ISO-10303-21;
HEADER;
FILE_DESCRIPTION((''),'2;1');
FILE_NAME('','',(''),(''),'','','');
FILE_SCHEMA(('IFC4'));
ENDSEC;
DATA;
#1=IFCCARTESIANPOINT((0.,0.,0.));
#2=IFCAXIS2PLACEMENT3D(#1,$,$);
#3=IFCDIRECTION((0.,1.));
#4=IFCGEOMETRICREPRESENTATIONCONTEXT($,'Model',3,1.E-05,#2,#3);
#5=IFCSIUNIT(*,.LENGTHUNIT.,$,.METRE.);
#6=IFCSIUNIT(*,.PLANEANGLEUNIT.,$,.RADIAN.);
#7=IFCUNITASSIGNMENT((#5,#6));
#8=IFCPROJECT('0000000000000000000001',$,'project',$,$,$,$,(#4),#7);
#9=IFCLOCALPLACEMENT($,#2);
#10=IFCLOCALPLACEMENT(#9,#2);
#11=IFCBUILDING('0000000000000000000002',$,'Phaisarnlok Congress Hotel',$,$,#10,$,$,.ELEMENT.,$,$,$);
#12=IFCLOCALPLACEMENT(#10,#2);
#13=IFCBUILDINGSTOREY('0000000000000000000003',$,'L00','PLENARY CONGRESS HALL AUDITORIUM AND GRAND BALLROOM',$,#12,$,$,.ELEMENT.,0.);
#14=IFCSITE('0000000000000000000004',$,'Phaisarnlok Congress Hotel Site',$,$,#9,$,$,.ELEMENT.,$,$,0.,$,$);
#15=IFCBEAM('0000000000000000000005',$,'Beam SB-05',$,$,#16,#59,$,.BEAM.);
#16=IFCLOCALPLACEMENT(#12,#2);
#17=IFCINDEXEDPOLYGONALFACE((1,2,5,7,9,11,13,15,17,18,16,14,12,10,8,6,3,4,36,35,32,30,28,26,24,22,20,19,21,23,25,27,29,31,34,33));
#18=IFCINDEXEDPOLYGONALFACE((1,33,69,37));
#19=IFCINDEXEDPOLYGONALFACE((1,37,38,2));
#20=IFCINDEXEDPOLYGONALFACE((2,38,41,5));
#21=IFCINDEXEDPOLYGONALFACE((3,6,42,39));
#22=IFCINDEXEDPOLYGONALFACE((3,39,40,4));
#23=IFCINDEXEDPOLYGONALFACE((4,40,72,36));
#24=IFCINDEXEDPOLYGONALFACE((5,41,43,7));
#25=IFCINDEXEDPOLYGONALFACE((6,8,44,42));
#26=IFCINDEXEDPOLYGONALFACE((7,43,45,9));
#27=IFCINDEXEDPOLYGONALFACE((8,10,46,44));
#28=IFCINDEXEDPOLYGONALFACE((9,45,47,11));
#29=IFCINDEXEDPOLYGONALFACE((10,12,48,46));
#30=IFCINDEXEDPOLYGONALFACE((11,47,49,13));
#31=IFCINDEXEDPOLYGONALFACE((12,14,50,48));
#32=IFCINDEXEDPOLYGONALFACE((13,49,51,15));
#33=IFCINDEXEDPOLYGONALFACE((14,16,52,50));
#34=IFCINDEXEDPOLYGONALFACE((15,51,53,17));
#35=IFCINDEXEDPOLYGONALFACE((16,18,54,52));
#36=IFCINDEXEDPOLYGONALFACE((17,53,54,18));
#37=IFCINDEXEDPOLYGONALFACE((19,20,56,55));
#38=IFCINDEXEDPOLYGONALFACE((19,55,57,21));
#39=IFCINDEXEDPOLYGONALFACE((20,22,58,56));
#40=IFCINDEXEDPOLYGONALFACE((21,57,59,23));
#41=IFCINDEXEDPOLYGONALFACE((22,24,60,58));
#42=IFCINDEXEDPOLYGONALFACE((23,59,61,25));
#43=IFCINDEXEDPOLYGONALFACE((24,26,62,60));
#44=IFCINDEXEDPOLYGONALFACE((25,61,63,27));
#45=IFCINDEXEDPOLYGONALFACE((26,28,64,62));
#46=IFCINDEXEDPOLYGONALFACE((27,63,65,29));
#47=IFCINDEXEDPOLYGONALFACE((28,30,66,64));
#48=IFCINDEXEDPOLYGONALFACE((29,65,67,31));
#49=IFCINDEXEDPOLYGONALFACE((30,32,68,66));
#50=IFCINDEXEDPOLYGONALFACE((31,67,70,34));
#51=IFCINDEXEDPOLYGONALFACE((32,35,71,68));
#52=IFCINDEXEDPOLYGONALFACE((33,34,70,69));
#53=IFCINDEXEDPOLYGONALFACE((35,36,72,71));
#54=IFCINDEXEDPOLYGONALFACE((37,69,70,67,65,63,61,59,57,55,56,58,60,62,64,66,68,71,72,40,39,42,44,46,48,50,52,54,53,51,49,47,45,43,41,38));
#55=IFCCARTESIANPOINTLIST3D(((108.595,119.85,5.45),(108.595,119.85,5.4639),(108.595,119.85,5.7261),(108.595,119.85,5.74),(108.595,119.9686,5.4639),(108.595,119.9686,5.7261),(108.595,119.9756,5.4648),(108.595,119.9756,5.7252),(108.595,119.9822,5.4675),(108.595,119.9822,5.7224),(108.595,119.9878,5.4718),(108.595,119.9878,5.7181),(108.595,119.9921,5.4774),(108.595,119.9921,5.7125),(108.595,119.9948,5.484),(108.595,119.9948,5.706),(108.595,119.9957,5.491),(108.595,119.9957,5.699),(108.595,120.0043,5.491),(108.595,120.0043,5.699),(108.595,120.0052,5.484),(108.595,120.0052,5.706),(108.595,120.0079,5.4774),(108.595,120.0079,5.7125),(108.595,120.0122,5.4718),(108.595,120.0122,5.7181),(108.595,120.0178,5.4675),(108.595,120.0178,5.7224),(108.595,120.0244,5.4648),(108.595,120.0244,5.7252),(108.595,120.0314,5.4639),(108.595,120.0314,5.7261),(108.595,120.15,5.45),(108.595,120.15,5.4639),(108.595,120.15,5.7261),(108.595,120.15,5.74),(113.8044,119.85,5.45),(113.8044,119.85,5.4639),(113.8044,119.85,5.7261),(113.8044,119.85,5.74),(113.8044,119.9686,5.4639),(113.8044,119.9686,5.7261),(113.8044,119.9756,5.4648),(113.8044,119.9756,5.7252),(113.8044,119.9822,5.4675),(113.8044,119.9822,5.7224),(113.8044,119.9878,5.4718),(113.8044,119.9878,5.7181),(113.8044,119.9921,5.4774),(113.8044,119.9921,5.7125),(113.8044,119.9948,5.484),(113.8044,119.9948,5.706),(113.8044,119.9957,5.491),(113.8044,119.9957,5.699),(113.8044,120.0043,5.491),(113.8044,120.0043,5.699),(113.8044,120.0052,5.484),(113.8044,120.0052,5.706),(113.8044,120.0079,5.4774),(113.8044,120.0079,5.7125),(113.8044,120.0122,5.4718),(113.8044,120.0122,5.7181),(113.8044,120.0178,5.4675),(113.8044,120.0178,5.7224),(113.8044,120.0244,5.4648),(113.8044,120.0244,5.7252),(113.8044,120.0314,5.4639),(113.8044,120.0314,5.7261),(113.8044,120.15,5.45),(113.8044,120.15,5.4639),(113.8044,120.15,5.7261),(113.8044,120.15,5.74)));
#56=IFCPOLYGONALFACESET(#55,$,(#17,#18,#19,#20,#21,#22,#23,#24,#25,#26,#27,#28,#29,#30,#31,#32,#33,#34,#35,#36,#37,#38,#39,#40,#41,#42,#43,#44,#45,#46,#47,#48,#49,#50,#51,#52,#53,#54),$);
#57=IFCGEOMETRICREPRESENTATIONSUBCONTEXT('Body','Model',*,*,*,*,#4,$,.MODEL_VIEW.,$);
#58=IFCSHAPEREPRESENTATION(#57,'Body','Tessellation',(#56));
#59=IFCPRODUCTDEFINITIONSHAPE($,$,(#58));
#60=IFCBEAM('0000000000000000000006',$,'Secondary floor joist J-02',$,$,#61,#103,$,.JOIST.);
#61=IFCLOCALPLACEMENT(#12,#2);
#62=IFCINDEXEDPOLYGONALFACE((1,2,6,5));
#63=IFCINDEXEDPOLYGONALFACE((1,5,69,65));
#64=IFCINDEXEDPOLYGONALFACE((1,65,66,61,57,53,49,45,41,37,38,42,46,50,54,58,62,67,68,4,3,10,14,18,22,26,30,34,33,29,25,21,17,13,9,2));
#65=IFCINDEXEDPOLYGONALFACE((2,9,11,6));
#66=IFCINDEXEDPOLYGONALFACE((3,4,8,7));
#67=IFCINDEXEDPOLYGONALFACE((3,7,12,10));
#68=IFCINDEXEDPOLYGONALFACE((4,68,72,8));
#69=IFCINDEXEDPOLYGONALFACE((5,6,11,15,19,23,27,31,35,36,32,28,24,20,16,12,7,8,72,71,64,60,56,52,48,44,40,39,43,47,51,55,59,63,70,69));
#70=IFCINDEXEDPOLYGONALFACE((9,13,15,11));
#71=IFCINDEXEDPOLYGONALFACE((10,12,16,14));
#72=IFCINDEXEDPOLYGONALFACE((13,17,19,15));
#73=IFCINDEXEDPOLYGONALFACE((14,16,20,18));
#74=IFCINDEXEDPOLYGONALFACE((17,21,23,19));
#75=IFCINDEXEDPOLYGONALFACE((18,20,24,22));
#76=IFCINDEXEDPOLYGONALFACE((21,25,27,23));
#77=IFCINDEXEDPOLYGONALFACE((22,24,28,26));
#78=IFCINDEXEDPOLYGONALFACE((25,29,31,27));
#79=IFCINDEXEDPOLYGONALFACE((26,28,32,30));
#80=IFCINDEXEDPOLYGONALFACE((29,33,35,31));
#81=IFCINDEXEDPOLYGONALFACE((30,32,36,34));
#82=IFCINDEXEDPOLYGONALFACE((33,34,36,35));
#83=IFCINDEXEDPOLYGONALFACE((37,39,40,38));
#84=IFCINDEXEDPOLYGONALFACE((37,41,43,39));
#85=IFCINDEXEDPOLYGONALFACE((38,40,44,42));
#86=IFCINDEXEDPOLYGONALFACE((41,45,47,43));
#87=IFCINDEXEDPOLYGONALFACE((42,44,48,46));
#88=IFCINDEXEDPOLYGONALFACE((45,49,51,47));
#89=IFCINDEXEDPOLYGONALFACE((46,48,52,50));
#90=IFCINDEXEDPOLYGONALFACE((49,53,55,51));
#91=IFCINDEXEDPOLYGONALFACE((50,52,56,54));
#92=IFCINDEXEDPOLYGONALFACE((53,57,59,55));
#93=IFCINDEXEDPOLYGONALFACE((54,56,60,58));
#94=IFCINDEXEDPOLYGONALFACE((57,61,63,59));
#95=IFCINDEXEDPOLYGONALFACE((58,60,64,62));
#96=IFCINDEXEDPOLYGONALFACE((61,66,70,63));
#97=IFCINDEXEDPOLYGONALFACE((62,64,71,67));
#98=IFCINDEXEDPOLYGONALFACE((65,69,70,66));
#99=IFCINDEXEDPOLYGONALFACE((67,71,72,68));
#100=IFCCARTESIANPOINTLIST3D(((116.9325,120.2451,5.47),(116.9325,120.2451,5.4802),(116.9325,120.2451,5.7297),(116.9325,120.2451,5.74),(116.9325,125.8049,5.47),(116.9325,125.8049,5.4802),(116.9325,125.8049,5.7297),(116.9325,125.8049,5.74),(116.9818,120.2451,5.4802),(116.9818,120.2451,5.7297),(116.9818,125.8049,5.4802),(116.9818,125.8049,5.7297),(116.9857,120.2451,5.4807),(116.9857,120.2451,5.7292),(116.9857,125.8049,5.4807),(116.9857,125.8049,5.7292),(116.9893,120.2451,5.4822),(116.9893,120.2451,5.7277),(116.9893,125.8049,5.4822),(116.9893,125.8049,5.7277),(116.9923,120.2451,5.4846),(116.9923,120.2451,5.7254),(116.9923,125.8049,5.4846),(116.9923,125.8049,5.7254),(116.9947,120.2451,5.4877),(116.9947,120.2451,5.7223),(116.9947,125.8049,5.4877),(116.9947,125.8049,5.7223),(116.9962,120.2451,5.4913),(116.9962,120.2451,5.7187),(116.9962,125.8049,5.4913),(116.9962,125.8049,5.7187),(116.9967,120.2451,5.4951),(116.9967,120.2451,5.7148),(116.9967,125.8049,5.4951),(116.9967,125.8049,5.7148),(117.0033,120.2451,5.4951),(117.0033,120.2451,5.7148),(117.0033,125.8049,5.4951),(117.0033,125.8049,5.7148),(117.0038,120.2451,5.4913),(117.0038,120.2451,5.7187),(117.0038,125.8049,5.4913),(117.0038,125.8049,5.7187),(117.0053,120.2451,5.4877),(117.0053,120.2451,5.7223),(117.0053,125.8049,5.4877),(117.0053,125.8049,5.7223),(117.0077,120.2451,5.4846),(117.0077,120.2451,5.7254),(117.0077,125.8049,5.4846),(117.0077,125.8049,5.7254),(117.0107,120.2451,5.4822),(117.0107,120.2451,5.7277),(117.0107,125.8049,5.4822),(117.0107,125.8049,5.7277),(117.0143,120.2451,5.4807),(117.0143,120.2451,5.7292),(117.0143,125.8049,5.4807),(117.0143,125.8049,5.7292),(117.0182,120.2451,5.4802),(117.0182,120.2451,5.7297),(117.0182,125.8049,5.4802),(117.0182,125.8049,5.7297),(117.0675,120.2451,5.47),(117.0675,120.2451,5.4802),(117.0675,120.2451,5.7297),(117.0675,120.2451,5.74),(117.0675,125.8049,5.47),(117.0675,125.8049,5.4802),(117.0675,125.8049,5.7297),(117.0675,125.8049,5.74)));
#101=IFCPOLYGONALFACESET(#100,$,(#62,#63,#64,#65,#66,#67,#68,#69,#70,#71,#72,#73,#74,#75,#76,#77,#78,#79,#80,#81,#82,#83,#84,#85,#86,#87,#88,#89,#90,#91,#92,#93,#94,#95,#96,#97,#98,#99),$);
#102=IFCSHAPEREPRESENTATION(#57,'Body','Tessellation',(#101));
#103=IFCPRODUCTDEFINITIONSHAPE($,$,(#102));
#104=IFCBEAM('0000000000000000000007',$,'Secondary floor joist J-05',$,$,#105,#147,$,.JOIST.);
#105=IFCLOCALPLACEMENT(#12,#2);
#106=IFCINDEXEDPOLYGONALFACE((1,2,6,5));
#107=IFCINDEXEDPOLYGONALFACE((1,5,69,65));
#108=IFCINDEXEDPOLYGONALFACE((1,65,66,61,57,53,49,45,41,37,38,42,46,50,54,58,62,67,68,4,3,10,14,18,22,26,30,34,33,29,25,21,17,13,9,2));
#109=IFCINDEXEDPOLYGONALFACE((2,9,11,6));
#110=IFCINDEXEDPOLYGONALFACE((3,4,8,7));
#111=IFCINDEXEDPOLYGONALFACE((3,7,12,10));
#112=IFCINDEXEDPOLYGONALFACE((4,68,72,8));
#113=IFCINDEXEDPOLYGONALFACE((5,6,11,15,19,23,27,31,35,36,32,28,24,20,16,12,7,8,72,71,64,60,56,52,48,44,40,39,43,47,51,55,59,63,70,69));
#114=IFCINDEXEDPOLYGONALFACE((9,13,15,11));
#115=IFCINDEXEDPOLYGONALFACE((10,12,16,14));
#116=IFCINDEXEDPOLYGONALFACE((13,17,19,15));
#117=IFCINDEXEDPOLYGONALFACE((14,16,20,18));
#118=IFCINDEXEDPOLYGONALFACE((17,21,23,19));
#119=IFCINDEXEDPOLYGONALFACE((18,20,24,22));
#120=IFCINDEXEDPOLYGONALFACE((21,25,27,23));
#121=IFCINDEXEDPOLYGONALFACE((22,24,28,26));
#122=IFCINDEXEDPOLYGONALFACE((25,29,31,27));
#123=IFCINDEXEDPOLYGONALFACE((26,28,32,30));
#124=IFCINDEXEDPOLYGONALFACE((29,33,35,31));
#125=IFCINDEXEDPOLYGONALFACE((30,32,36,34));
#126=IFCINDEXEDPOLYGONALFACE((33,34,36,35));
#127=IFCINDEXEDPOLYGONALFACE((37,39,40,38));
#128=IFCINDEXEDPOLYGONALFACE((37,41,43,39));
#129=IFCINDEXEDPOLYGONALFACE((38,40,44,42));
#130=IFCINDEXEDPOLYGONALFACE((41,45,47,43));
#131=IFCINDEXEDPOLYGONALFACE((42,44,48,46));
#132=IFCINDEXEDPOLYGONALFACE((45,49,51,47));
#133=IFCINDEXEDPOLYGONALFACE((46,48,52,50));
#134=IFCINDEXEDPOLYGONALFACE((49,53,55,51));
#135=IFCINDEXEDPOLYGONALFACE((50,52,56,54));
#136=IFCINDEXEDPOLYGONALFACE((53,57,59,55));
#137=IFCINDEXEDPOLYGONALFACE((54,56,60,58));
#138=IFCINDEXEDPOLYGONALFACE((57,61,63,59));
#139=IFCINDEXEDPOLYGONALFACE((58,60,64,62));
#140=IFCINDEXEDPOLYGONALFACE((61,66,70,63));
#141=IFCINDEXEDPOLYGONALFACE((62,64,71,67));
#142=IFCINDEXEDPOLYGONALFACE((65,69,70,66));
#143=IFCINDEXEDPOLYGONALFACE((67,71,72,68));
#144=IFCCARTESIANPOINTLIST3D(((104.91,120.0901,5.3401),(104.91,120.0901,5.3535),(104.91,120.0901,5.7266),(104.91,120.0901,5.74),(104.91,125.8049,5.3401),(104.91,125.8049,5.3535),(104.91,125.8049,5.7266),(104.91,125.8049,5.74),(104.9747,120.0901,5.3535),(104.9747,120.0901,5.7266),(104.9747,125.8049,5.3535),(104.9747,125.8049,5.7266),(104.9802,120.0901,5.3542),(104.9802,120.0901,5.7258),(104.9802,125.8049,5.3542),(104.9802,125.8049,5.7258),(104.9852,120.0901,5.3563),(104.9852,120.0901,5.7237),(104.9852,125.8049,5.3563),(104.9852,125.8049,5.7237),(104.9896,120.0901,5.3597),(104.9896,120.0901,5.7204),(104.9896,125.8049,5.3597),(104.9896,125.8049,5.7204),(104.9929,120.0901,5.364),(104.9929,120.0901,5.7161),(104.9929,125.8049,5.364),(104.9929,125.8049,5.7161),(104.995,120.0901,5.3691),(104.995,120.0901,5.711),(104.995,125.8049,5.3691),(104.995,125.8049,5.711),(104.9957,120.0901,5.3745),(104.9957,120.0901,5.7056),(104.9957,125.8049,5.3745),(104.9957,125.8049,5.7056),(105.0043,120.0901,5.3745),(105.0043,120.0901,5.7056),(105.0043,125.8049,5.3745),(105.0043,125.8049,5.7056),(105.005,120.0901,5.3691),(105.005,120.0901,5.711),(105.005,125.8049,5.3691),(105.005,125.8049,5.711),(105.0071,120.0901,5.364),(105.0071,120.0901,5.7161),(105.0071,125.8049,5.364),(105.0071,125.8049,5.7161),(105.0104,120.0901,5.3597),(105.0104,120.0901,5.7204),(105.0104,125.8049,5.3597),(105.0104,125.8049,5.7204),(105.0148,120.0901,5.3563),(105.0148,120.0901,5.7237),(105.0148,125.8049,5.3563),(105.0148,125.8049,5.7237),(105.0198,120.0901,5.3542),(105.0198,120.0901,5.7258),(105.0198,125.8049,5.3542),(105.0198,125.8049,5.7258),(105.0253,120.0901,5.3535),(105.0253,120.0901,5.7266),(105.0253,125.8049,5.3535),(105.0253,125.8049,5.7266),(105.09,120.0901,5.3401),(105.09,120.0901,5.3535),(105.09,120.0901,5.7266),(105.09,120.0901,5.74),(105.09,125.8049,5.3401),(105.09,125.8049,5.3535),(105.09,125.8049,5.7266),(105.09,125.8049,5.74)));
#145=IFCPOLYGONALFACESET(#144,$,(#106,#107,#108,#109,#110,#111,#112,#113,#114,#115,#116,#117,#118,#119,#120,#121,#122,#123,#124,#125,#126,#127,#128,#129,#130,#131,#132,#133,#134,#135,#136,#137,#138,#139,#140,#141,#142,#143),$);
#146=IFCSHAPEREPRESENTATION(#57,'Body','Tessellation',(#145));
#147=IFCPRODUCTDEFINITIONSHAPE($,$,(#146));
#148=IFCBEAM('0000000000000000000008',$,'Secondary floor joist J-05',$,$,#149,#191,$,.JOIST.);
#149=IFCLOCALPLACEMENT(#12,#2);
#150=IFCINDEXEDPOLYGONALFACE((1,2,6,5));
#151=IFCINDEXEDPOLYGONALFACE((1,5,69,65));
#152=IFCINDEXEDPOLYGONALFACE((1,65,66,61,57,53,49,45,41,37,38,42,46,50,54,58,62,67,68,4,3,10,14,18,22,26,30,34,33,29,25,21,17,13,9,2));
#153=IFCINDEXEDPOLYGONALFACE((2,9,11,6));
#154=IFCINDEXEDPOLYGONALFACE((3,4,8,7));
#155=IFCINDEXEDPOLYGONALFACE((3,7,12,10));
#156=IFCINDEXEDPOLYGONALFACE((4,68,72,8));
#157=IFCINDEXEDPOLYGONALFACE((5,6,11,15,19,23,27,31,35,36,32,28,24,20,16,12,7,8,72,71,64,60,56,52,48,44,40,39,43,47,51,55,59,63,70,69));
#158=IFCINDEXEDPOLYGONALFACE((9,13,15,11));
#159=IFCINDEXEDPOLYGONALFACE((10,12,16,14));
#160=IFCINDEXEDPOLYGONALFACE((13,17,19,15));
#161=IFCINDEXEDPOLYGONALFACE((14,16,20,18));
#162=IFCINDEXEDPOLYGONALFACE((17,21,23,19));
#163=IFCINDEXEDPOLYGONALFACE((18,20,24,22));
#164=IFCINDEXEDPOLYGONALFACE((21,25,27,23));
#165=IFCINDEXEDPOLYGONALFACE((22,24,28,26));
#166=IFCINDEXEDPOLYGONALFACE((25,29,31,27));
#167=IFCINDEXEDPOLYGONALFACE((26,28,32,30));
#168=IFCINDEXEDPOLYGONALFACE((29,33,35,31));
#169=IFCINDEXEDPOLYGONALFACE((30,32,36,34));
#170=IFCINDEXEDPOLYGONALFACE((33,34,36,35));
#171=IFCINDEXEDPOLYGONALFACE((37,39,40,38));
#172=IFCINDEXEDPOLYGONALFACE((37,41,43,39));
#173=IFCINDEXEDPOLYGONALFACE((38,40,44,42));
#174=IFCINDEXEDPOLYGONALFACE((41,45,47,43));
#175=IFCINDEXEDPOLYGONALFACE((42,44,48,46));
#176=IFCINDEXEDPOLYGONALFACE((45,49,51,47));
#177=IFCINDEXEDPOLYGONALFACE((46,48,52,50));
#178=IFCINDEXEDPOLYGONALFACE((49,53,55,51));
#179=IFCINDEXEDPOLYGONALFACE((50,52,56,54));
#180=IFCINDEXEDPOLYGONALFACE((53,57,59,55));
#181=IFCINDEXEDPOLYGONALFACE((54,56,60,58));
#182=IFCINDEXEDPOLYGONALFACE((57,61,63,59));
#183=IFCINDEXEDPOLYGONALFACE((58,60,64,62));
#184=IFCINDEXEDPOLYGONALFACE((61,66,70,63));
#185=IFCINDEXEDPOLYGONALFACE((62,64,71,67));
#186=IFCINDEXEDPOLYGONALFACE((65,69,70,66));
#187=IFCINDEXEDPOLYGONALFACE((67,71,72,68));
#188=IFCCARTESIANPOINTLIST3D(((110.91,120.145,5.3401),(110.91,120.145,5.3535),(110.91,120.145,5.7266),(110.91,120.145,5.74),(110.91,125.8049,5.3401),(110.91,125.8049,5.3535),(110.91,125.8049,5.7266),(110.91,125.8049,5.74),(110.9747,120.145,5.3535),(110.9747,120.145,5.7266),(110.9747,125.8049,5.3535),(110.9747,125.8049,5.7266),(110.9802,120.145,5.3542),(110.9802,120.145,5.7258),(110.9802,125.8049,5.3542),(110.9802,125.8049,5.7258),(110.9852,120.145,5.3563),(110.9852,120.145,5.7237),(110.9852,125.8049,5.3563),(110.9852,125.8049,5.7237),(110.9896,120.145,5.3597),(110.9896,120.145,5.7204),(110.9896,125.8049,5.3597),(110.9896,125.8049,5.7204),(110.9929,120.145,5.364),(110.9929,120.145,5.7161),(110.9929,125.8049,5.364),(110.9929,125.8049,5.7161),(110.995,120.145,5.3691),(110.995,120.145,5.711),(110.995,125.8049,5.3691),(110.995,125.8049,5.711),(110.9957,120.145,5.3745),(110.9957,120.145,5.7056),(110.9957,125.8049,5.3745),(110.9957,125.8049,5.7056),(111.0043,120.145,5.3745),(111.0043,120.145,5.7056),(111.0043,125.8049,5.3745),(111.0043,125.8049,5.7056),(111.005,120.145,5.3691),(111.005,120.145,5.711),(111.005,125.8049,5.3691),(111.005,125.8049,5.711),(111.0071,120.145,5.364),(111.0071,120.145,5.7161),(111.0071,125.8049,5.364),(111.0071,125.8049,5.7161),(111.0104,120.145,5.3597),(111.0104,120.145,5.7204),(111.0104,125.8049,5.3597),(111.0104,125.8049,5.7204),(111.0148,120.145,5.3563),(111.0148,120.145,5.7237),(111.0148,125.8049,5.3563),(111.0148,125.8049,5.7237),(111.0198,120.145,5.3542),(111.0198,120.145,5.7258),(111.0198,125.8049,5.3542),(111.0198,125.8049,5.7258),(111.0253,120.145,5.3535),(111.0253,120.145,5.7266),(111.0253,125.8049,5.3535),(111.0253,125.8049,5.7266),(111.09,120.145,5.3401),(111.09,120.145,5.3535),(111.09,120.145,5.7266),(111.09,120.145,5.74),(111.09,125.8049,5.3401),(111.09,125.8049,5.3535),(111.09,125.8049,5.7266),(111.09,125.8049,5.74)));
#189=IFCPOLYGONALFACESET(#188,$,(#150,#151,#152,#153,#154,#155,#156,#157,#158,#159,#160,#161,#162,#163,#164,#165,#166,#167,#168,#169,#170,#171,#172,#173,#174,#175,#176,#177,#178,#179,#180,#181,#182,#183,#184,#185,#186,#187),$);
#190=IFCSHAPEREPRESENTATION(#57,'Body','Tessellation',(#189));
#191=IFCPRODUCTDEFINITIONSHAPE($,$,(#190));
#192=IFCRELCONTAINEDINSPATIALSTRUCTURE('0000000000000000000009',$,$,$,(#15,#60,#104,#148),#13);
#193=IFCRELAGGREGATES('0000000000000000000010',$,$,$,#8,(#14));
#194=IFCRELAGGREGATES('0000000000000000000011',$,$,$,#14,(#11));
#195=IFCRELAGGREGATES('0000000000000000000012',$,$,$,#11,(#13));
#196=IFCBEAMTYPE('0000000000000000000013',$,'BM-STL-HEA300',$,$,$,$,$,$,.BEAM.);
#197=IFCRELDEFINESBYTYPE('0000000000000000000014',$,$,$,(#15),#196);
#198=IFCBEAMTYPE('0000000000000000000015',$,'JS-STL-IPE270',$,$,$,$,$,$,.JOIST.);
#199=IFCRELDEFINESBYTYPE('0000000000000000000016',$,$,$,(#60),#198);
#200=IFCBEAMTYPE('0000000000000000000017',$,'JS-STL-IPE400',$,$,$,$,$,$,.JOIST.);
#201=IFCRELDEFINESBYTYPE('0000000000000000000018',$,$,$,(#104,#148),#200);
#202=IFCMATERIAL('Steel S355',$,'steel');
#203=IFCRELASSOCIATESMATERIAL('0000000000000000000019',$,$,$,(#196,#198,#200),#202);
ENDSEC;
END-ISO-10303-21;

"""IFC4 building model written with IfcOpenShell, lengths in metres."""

from ifc_helpers import new_model, si_unit, direction, frame, origin, origin_2d, place, context, subcontext, project, spatial, i_section, extrude, material, material_profile, profile_set, type_object, element, save


model = new_model("IFC4")

# Units and contexts
model_context = context("Model", 3, precision=1e-05, world=origin(), true_north=direction((0.0, 1.0)))
body_context = subcontext(model_context, "Body", "Model", "MODEL_VIEW")
ifc_project = project(units=[si_unit("LENGTHUNIT", "METRE"), si_unit("PLANEANGLEUNIT", "RADIAN")], contexts=[model_context])

# Site, building, storey
site_placement = place(None, origin())
site = spatial("IfcSite", under=ifc_project, at=site_placement, Name="Phaisarnlok Congress Hotel Site", CompositionType="ELEMENT", RefElevation=0.0)
building_placement = place(site_placement, origin())
building = spatial("IfcBuilding", under=site, at=building_placement, Name="Phaisarnlok Congress Hotel", CompositionType="ELEMENT")
storey_placement = place(building_placement, origin())
storey = spatial("IfcBuildingStorey", under=building, at=storey_placement, Name="L00", Description="PLENARY CONGRESS HALL AUDITORIUM AND GRAND BALLROOM", CompositionType="ELEMENT", Elevation=0.0)

# Shared definitions
ifc_material_1 = material(Name="Steel S355", Category="steel")

# Beams
ifc_material_profile_1 = material_profile(ifc_material_1, i_section(OverallWidth=0.3, OverallDepth=0.29, WebThickness=0.0085, FlangeThickness=0.0139, FilletRadius=0.0271, at=origin_2d()), Name="HEA 300")
ifc_profile_set_1 = profile_set([ifc_material_profile_1], Name="Steel S355")
beam_type_1 = type_object("IfcBeamType", Name="BM-STL-HEA300", PredefinedType="BEAM", material=ifc_profile_set_1)
beam_1_placement = place(storey_placement, frame((108.595, 120.0, 5.595), z_axis=(1.0, 0.0, 0.0), x_axis=(0.0, 1.0, 0.0)))
element("IfcBeam", 1, at=beam_1_placement, inside=storey, type_object=beam_type_1, Name="Beam SB-05", PredefinedType="BEAM", context=body_context, shape_type="SweptSolid", body=[
    extrude(i_section(OverallWidth=0.3, OverallDepth=0.29, WebThickness=0.0085, FlangeThickness=0.0139, FilletRadius=0.0271, at=origin_2d()), origin(), (0.0, 0.0, 1.0), 5.2095),
])
ifc_material_profile_2 = material_profile(ifc_material_1, i_section(OverallWidth=0.135, OverallDepth=0.27, WebThickness=0.0066, FlangeThickness=0.0103, FilletRadius=0.0149, at=origin_2d()), Name="IPE 270")
ifc_profile_set_2 = profile_set([ifc_material_profile_2], Name="Steel S355")
beam_type_2 = type_object("IfcBeamType", Name="JS-STL-IPE270", PredefinedType="JOIST", material=ifc_profile_set_2)
beam_2_placement = place(storey_placement, frame((117.0, 120.2451, 5.605), z_axis=(0.0, 1.0, 0.0), x_axis=(-1.0, 0.0, 0.0)))
element("IfcBeam", 2, at=beam_2_placement, inside=storey, type_object=beam_type_2, Name="Secondary floor joist J-02", PredefinedType="JOIST", context=body_context, shape_type="SweptSolid", body=[
    extrude(i_section(OverallWidth=0.135, OverallDepth=0.27, WebThickness=0.0066, FlangeThickness=0.0103, FilletRadius=0.0149, at=origin_2d()), origin(), (0.0, 0.0, 1.0), 5.5598),
])
ifc_material_profile_3 = material_profile(ifc_material_1, i_section(OverallWidth=0.1799, OverallDepth=0.3999, WebThickness=0.0085, FlangeThickness=0.0134, FilletRadius=0.021, at=origin_2d()), Name="IPE 400")
ifc_profile_set_3 = profile_set([ifc_material_profile_3], Name="Steel S355")
beam_type_3 = type_object("IfcBeamType", Name="JS-STL-IPE400", PredefinedType="JOIST", material=ifc_profile_set_3)
beam_3_placement = place(storey_placement, frame((105.0, 120.0901, 5.54), z_axis=(0.0, 1.0, 0.0), x_axis=(-1.0, 0.0, 0.0)))
element("IfcBeam", 3, at=beam_3_placement, inside=storey, type_object=beam_type_3, Name="Secondary floor joist J-05", PredefinedType="JOIST", context=body_context, shape_type="SweptSolid", body=[
    extrude(i_section(OverallWidth=0.1799, OverallDepth=0.3999, WebThickness=0.0085, FlangeThickness=0.0134, FilletRadius=0.021, at=origin_2d()), origin(), (0.0, 0.0, 1.0), 5.7148),
])
beam_4_placement = place(storey_placement, frame((111.0, 120.145, 5.54), z_axis=(0.0, 1.0, 0.0), x_axis=(-1.0, 0.0, 0.0)))
element("IfcBeam", 4, at=beam_4_placement, inside=storey, type_object=beam_type_3, Name="Secondary floor joist J-05", PredefinedType="JOIST", context=body_context, shape_type="SweptSolid", body=[
    extrude(i_section(OverallWidth=0.1799, OverallDepth=0.3999, WebThickness=0.0085, FlangeThickness=0.0134, FilletRadius=0.021, at=origin_2d()), origin(), (0.0, 0.0, 1.0), 5.6599),
])

save(model, "model.ifc")
